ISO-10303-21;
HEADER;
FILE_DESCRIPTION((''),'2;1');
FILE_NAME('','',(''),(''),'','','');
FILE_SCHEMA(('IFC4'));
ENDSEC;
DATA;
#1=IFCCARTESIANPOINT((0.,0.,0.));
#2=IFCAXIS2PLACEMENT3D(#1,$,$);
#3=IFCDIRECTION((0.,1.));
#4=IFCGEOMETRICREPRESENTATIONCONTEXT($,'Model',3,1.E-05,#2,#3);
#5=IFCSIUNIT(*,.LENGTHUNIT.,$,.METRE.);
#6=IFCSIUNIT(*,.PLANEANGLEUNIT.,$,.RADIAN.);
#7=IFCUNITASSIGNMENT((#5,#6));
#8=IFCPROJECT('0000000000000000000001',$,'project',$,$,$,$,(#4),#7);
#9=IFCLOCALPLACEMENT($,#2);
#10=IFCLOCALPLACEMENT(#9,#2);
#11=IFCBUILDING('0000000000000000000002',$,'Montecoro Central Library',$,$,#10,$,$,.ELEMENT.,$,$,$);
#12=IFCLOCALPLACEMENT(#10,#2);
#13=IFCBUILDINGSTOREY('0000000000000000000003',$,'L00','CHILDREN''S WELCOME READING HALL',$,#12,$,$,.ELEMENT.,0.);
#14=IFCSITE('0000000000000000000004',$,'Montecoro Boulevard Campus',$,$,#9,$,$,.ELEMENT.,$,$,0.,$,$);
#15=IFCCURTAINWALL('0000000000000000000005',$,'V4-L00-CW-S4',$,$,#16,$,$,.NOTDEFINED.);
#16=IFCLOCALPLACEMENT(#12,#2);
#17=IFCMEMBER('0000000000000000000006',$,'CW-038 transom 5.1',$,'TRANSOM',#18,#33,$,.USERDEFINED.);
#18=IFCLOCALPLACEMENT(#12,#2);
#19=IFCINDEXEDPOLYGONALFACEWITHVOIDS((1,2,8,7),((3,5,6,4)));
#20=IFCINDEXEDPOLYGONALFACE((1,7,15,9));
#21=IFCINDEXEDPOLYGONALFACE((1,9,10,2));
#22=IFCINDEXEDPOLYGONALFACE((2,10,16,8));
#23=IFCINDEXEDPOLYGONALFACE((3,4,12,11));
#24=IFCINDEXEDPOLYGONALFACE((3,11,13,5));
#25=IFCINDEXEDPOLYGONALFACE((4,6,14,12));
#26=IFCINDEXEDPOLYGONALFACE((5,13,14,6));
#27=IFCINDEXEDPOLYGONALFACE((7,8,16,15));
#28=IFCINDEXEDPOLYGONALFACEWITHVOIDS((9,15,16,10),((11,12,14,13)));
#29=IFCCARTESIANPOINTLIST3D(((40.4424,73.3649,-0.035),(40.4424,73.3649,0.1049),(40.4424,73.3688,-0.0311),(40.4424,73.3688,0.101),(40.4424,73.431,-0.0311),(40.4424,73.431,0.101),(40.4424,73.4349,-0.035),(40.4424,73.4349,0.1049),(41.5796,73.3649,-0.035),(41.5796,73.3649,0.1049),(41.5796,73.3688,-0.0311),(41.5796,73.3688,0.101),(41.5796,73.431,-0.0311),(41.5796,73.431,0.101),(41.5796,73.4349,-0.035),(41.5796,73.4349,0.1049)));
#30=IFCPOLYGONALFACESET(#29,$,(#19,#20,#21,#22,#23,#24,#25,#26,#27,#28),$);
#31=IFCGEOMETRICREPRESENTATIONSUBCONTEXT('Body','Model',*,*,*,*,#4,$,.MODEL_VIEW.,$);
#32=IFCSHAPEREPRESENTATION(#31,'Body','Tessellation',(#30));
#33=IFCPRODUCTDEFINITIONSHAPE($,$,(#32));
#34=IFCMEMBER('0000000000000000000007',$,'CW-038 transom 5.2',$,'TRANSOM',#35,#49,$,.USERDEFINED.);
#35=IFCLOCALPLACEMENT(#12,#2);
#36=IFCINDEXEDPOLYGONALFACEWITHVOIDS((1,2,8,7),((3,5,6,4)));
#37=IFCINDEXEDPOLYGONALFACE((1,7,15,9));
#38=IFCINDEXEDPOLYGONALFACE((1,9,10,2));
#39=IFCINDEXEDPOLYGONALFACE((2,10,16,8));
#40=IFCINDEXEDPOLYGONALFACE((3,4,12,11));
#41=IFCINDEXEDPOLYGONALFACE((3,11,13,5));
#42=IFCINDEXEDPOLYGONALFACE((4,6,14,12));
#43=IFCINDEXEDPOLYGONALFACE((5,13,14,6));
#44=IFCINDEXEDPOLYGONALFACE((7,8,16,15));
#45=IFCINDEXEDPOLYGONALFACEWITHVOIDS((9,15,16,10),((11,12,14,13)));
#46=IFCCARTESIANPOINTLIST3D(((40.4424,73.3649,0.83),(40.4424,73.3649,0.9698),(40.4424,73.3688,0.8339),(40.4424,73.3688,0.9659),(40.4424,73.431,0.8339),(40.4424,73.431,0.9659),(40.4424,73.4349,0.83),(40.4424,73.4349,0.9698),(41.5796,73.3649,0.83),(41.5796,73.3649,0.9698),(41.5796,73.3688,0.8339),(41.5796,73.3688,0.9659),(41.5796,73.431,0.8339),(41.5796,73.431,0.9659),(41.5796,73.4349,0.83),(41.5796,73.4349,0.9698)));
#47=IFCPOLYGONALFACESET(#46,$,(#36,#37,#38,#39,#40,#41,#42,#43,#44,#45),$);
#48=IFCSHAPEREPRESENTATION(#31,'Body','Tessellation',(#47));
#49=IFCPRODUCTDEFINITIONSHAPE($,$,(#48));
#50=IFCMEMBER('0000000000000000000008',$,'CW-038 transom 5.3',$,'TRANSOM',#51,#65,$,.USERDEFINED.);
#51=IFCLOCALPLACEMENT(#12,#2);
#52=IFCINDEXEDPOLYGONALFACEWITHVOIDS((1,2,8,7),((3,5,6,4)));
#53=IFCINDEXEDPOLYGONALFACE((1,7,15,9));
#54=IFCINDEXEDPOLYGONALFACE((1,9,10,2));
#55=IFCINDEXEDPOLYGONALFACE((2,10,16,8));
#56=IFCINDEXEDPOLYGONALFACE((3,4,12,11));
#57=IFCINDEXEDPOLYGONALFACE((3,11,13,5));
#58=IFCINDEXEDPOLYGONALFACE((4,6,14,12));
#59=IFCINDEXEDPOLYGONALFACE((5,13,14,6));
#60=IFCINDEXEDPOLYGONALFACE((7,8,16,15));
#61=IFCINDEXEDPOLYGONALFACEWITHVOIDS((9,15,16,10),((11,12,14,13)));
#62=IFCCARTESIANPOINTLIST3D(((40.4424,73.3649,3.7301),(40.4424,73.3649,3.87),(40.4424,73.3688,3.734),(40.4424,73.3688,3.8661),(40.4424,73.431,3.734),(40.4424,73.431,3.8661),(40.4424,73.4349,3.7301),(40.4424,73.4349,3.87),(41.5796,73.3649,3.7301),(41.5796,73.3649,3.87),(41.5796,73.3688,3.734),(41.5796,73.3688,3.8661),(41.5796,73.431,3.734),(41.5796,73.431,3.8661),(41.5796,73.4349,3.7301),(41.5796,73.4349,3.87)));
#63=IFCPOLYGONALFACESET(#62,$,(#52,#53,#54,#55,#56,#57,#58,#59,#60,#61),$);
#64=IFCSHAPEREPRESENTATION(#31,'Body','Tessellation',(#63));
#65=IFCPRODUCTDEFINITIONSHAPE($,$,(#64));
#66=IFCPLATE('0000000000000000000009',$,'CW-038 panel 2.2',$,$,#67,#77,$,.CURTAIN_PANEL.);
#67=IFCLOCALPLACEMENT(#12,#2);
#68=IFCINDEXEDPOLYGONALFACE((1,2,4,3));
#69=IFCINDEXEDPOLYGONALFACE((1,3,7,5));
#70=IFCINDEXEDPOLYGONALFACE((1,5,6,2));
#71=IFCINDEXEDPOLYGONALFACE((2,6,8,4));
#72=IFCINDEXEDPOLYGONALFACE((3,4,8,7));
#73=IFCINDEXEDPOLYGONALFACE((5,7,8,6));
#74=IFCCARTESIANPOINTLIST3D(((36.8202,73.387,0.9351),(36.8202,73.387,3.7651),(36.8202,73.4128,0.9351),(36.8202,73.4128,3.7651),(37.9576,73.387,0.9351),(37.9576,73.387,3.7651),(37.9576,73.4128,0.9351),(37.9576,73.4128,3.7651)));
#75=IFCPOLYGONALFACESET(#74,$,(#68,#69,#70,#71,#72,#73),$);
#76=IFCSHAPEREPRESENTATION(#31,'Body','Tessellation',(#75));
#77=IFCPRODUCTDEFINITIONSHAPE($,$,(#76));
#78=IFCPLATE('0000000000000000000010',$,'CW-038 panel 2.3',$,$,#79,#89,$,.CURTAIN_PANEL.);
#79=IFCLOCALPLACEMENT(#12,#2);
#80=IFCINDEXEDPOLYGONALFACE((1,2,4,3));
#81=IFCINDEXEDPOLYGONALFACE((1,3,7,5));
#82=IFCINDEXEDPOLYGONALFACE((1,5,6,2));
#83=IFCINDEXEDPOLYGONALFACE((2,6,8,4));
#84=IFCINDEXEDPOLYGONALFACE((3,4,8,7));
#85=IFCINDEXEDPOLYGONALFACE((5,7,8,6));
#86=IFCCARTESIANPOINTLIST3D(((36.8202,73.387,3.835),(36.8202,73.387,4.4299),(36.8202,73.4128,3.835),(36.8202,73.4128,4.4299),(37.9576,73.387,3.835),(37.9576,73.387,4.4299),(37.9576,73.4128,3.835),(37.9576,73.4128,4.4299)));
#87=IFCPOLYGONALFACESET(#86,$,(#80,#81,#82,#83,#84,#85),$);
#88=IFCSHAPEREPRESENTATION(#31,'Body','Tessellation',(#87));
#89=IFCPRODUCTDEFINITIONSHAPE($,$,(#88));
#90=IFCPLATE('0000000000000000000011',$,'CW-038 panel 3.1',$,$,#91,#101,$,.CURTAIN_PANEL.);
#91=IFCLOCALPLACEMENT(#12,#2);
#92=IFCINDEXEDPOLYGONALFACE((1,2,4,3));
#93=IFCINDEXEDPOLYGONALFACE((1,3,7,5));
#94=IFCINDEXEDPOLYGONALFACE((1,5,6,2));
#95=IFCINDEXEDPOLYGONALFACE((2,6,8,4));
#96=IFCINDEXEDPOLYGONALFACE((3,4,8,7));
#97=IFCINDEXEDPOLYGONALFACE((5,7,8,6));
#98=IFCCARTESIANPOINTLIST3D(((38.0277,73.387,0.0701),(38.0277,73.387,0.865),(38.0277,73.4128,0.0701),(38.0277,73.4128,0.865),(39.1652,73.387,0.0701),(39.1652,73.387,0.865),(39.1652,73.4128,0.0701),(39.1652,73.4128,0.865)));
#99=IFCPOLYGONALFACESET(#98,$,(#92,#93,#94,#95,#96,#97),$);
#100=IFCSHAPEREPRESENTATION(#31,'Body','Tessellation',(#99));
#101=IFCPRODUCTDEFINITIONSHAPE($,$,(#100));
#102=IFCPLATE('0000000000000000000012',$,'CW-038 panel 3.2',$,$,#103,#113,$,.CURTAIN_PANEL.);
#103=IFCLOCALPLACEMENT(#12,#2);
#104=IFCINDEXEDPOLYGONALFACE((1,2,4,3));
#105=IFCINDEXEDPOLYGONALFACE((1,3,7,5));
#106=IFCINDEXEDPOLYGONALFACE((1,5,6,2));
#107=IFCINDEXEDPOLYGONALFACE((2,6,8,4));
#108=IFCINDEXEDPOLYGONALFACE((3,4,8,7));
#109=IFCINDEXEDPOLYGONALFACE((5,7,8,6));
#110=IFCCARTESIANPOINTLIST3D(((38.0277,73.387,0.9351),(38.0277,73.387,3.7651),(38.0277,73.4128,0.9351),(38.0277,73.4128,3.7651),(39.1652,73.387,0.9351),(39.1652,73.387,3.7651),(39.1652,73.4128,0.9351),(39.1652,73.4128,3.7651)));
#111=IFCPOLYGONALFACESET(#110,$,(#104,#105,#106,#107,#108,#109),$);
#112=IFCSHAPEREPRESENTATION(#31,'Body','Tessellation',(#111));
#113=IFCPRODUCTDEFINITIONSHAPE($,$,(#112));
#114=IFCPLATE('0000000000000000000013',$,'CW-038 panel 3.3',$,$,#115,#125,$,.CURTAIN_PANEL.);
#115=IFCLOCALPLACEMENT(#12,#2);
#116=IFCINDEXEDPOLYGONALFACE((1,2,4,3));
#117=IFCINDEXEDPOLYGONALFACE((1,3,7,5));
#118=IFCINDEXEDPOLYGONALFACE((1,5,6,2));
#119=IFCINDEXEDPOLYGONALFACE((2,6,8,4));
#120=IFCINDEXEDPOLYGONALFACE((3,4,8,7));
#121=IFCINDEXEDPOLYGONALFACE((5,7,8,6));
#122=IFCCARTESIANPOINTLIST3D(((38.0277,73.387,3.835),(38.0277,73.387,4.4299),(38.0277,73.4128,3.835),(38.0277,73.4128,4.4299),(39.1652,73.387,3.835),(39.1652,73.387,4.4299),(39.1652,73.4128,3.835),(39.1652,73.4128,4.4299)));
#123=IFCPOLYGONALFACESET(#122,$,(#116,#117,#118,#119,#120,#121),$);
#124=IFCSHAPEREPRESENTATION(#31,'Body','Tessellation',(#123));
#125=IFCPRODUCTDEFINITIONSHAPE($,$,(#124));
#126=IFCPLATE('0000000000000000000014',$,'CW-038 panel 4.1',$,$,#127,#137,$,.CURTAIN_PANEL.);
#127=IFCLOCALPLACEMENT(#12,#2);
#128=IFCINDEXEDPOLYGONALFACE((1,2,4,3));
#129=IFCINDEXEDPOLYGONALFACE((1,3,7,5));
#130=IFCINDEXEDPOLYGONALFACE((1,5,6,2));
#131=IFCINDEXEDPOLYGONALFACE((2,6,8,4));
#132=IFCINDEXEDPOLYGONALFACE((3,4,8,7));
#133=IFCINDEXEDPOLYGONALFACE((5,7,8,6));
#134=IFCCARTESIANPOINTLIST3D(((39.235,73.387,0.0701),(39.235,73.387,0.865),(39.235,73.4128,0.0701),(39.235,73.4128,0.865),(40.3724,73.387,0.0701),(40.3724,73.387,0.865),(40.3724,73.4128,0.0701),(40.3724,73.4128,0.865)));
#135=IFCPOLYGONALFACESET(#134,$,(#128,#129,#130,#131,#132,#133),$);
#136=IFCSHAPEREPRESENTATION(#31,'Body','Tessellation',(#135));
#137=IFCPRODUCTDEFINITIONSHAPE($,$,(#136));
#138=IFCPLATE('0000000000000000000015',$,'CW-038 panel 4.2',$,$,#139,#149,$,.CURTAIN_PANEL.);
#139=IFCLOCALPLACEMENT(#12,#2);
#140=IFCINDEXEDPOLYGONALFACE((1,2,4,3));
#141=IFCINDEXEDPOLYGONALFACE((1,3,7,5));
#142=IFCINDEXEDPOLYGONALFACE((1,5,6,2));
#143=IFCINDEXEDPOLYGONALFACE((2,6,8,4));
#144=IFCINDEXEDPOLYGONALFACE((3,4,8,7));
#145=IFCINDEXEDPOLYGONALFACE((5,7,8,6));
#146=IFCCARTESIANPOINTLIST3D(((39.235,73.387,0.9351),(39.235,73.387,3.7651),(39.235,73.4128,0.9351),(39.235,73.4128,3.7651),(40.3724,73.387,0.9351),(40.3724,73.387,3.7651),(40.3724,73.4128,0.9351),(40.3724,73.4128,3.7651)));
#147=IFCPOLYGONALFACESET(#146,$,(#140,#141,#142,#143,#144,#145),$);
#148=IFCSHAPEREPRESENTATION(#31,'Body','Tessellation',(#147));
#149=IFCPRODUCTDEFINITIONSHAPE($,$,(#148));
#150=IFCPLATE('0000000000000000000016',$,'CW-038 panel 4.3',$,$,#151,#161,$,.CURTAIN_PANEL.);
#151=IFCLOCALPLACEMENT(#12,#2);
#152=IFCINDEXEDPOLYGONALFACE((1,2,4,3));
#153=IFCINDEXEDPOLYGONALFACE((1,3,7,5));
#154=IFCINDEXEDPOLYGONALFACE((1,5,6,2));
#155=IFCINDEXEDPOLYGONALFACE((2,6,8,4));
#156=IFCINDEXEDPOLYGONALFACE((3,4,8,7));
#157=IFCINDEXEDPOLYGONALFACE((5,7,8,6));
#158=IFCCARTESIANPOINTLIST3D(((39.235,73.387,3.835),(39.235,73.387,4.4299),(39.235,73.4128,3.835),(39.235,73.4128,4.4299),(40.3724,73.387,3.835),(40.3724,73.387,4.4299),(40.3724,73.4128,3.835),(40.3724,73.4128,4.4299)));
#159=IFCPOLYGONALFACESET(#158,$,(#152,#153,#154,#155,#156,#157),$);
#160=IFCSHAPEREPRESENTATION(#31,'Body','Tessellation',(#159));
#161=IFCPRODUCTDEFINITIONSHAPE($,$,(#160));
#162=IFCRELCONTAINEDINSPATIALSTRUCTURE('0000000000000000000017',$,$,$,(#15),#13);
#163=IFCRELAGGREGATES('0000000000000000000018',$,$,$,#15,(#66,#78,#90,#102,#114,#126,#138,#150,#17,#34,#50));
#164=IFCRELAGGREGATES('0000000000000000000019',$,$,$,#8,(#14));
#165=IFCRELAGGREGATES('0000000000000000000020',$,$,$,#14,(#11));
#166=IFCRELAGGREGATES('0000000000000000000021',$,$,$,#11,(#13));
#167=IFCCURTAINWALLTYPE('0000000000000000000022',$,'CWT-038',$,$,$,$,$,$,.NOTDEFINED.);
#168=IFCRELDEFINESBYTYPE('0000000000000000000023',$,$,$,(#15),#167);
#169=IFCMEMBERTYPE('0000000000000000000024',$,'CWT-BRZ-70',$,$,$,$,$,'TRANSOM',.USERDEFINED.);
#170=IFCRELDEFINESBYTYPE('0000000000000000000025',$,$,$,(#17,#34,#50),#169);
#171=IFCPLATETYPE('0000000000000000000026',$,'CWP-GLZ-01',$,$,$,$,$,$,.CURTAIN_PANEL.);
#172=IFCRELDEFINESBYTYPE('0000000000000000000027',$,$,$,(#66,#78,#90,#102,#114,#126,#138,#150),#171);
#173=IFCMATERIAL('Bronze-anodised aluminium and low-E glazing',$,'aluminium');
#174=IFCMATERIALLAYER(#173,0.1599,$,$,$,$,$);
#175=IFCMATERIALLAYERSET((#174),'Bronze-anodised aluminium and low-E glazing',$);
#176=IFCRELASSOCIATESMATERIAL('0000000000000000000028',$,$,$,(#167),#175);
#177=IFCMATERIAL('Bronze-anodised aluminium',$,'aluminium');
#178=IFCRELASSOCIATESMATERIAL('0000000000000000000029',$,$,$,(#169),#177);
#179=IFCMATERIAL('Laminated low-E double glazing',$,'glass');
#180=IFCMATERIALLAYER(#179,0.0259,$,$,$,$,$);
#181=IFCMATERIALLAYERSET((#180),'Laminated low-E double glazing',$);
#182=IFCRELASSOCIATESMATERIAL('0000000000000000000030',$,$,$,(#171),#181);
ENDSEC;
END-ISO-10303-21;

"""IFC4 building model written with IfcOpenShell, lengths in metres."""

from ifc_helpers import new_model, si_unit, direction, frame, origin, origin_2d, place, context, subcontext, project, spatial, rectangle, hollow_rectangle, extrude, material, layer, layer_set, material_profile, profile_set, type_object, element, aggregate, save


model = new_model("IFC4")

# Units and contexts
model_context = context("Model", 3, precision=1e-05, world=origin(), true_north=direction((0.0, 1.0)))
body_context = subcontext(model_context, "Body", "Model", "MODEL_VIEW")
ifc_project = project(units=[si_unit("LENGTHUNIT", "METRE"), si_unit("PLANEANGLEUNIT", "RADIAN")], contexts=[model_context])

# Site, building, storey
site_placement = place(None, origin())
site = spatial("IfcSite", under=ifc_project, at=site_placement, Name="Montecoro Boulevard Campus", CompositionType="ELEMENT", RefElevation=0.0)
building_placement = place(site_placement, origin())
building = spatial("IfcBuilding", under=site, at=building_placement, Name="Montecoro Central Library", CompositionType="ELEMENT")
storey_placement = place(building_placement, origin())
storey = spatial("IfcBuildingStorey", under=building, at=storey_placement, Name="L00", Description="CHILDREN'S WELCOME READING HALL", CompositionType="ELEMENT", Elevation=0.0)

# Curtain wall, members, plates
ifc_material_1 = material(Name="Bronze-anodised aluminium and low-E glazing", Category="aluminium")
ifc_layer_1 = layer(ifc_material_1, 0.1599)
ifc_layer_set_1 = layer_set([ifc_layer_1], Name="Bronze-anodised aluminium and low-E glazing")
curtain_wall_type = type_object("IfcCurtainWallType", Name="CWT-038", PredefinedType="NOTDEFINED", material=ifc_layer_set_1)
curtain_wall_placement = place(storey_placement, origin())
curtain_wall = element("IfcCurtainWall", 1, at=curtain_wall_placement, inside=storey, type_object=curtain_wall_type, Name="V4-L00-CW-S4", PredefinedType="NOTDEFINED")
ifc_material_2 = material(Name="Bronze-anodised aluminium", Category="aluminium")
ifc_material_profile_1 = material_profile(ifc_material_2, hollow_rectangle(XDim=0.0701, YDim=0.1399, WallThickness=0.0039, at=origin_2d()), Name="CWT 140x70x4.0")
ifc_profile_set_1 = profile_set([ifc_material_profile_1], Name="Bronze-anodised aluminium")
member_type_1 = type_object("IfcMemberType", Name="CWT-BRZ-70", ElementType="TRANSOM", PredefinedType="USERDEFINED", material=ifc_profile_set_1)
member_1_placement = place(storey_placement, frame((40.4424, 73.3999, 0.0349), z_axis=(1.0, 0.0, 0.0), x_axis=(0.0, 1.0, 0.0)))
member_1 = element("IfcMember", 2, at=member_1_placement, type_object=member_type_1, Name="CW-038 transom 5.1", ObjectType="TRANSOM", PredefinedType="USERDEFINED", context=body_context, shape_type="SweptSolid", body=[
    extrude(hollow_rectangle(XDim=0.0701, YDim=0.1399, WallThickness=0.0039, at=origin_2d()), origin(), (0.0, 0.0, 1.0), 1.1372),
])
member_2_placement = place(storey_placement, frame((40.4424, 73.3999, 0.8999), z_axis=(1.0, 0.0, 0.0), x_axis=(0.0, 1.0, 0.0)))
member_2 = element("IfcMember", 3, at=member_2_placement, type_object=member_type_1, Name="CW-038 transom 5.2", ObjectType="TRANSOM", PredefinedType="USERDEFINED", context=body_context, shape_type="SweptSolid", body=[
    extrude(hollow_rectangle(XDim=0.0701, YDim=0.1399, WallThickness=0.0039, at=origin_2d()), origin(), (0.0, 0.0, 1.0), 1.1372),
])
member_3_placement = place(storey_placement, frame((40.4424, 73.3999, 3.8), z_axis=(1.0, 0.0, 0.0), x_axis=(0.0, 1.0, 0.0)))
member_3 = element("IfcMember", 4, at=member_3_placement, type_object=member_type_1, Name="CW-038 transom 5.3", ObjectType="TRANSOM", PredefinedType="USERDEFINED", context=body_context, shape_type="SweptSolid", body=[
    extrude(hollow_rectangle(XDim=0.0701, YDim=0.1399, WallThickness=0.0039, at=origin_2d()), origin(), (0.0, 0.0, 1.0), 1.1372),
])
ifc_material_3 = material(Name="Laminated low-E double glazing", Category="glass")
ifc_layer_2 = layer(ifc_material_3, 0.0259)
ifc_layer_set_2 = layer_set([ifc_layer_2], Name="Laminated low-E double glazing")
plate_type = type_object("IfcPlateType", Name="CWP-GLZ-01", PredefinedType="CURTAIN_PANEL", material=ifc_layer_set_2)
plate_1_placement = place(storey_placement, frame((37.3889, 73.3999, 0.9351), z_axis=(0.0, 0.0, 1.0), x_axis=(1.0, 0.0, 0.0)))
plate_1 = element("IfcPlate", 5, at=plate_1_placement, type_object=plate_type, Name="CW-038 panel 2.2", PredefinedType="CURTAIN_PANEL", context=body_context, shape_type="SweptSolid", body=[
    extrude(rectangle(XDim=1.1375, YDim=0.0259, at=origin_2d()), origin(), (0.0, 0.0, 1.0), 2.8301),
])
plate_2_placement = place(storey_placement, frame((37.3889, 73.3999, 3.835), z_axis=(0.0, 0.0, 1.0), x_axis=(1.0, 0.0, 0.0)))
plate_2 = element("IfcPlate", 6, at=plate_2_placement, type_object=plate_type, Name="CW-038 panel 2.3", PredefinedType="CURTAIN_PANEL", context=body_context, shape_type="SweptSolid", body=[
    extrude(rectangle(XDim=1.1375, YDim=0.0259, at=origin_2d()), origin(), (0.0, 0.0, 1.0), 0.595),
])
plate_3_placement = place(storey_placement, frame((38.5964, 73.3999, 0.0701), z_axis=(0.0, 0.0, 1.0), x_axis=(1.0, 0.0, 0.0)))
plate_3 = element("IfcPlate", 7, at=plate_3_placement, type_object=plate_type, Name="CW-038 panel 3.1", PredefinedType="CURTAIN_PANEL", context=body_context, shape_type="SweptSolid", body=[
    extrude(rectangle(XDim=1.1375, YDim=0.0259, at=origin_2d()), origin(), (0.0, 0.0, 1.0), 0.7949),
])
plate_4_placement = place(storey_placement, frame((38.5964, 73.3999, 0.9351), z_axis=(0.0, 0.0, 1.0), x_axis=(1.0, 0.0, 0.0)))
plate_4 = element("IfcPlate", 8, at=plate_4_placement, type_object=plate_type, Name="CW-038 panel 3.2", PredefinedType="CURTAIN_PANEL", context=body_context, shape_type="SweptSolid", body=[
    extrude(rectangle(XDim=1.1375, YDim=0.0259, at=origin_2d()), origin(), (0.0, 0.0, 1.0), 2.8301),
])
plate_5_placement = place(storey_placement, frame((38.5964, 73.3999, 3.835), z_axis=(0.0, 0.0, 1.0), x_axis=(1.0, 0.0, 0.0)))
plate_5 = element("IfcPlate", 9, at=plate_5_placement, type_object=plate_type, Name="CW-038 panel 3.3", PredefinedType="CURTAIN_PANEL", context=body_context, shape_type="SweptSolid", body=[
    extrude(rectangle(XDim=1.1375, YDim=0.0259, at=origin_2d()), origin(), (0.0, 0.0, 1.0), 0.595),
])
plate_6_placement = place(storey_placement, frame((39.8037, 73.3999, 0.0701), z_axis=(0.0, 0.0, 1.0), x_axis=(1.0, 0.0, 0.0)))
plate_6 = element("IfcPlate", 10, at=plate_6_placement, type_object=plate_type, Name="CW-038 panel 4.1", PredefinedType="CURTAIN_PANEL", context=body_context, shape_type="SweptSolid", body=[
    extrude(rectangle(XDim=1.1375, YDim=0.0259, at=origin_2d()), origin(), (0.0, 0.0, 1.0), 0.7949),
])
plate_7_placement = place(storey_placement, frame((39.8037, 73.3999, 0.9351), z_axis=(0.0, 0.0, 1.0), x_axis=(1.0, 0.0, 0.0)))
plate_7 = element("IfcPlate", 11, at=plate_7_placement, type_object=plate_type, Name="CW-038 panel 4.2", PredefinedType="CURTAIN_PANEL", context=body_context, shape_type="SweptSolid", body=[
    extrude(rectangle(XDim=1.1375, YDim=0.0259, at=origin_2d()), origin(), (0.0, 0.0, 1.0), 2.8301),
])
plate_8_placement = place(storey_placement, frame((39.8037, 73.3999, 3.835), z_axis=(0.0, 0.0, 1.0), x_axis=(1.0, 0.0, 0.0)))
plate_8 = element("IfcPlate", 12, at=plate_8_placement, type_object=plate_type, Name="CW-038 panel 4.3", PredefinedType="CURTAIN_PANEL", context=body_context, shape_type="SweptSolid", body=[
    extrude(rectangle(XDim=1.1375, YDim=0.0259, at=origin_2d()), origin(), (0.0, 0.0, 1.0), 0.595),
])
aggregate(curtain_wall, [plate_1, plate_2, plate_3, plate_4, plate_5, plate_6, plate_7, plate_8, member_1, member_2, member_3])

save(model, "model.ifc")
